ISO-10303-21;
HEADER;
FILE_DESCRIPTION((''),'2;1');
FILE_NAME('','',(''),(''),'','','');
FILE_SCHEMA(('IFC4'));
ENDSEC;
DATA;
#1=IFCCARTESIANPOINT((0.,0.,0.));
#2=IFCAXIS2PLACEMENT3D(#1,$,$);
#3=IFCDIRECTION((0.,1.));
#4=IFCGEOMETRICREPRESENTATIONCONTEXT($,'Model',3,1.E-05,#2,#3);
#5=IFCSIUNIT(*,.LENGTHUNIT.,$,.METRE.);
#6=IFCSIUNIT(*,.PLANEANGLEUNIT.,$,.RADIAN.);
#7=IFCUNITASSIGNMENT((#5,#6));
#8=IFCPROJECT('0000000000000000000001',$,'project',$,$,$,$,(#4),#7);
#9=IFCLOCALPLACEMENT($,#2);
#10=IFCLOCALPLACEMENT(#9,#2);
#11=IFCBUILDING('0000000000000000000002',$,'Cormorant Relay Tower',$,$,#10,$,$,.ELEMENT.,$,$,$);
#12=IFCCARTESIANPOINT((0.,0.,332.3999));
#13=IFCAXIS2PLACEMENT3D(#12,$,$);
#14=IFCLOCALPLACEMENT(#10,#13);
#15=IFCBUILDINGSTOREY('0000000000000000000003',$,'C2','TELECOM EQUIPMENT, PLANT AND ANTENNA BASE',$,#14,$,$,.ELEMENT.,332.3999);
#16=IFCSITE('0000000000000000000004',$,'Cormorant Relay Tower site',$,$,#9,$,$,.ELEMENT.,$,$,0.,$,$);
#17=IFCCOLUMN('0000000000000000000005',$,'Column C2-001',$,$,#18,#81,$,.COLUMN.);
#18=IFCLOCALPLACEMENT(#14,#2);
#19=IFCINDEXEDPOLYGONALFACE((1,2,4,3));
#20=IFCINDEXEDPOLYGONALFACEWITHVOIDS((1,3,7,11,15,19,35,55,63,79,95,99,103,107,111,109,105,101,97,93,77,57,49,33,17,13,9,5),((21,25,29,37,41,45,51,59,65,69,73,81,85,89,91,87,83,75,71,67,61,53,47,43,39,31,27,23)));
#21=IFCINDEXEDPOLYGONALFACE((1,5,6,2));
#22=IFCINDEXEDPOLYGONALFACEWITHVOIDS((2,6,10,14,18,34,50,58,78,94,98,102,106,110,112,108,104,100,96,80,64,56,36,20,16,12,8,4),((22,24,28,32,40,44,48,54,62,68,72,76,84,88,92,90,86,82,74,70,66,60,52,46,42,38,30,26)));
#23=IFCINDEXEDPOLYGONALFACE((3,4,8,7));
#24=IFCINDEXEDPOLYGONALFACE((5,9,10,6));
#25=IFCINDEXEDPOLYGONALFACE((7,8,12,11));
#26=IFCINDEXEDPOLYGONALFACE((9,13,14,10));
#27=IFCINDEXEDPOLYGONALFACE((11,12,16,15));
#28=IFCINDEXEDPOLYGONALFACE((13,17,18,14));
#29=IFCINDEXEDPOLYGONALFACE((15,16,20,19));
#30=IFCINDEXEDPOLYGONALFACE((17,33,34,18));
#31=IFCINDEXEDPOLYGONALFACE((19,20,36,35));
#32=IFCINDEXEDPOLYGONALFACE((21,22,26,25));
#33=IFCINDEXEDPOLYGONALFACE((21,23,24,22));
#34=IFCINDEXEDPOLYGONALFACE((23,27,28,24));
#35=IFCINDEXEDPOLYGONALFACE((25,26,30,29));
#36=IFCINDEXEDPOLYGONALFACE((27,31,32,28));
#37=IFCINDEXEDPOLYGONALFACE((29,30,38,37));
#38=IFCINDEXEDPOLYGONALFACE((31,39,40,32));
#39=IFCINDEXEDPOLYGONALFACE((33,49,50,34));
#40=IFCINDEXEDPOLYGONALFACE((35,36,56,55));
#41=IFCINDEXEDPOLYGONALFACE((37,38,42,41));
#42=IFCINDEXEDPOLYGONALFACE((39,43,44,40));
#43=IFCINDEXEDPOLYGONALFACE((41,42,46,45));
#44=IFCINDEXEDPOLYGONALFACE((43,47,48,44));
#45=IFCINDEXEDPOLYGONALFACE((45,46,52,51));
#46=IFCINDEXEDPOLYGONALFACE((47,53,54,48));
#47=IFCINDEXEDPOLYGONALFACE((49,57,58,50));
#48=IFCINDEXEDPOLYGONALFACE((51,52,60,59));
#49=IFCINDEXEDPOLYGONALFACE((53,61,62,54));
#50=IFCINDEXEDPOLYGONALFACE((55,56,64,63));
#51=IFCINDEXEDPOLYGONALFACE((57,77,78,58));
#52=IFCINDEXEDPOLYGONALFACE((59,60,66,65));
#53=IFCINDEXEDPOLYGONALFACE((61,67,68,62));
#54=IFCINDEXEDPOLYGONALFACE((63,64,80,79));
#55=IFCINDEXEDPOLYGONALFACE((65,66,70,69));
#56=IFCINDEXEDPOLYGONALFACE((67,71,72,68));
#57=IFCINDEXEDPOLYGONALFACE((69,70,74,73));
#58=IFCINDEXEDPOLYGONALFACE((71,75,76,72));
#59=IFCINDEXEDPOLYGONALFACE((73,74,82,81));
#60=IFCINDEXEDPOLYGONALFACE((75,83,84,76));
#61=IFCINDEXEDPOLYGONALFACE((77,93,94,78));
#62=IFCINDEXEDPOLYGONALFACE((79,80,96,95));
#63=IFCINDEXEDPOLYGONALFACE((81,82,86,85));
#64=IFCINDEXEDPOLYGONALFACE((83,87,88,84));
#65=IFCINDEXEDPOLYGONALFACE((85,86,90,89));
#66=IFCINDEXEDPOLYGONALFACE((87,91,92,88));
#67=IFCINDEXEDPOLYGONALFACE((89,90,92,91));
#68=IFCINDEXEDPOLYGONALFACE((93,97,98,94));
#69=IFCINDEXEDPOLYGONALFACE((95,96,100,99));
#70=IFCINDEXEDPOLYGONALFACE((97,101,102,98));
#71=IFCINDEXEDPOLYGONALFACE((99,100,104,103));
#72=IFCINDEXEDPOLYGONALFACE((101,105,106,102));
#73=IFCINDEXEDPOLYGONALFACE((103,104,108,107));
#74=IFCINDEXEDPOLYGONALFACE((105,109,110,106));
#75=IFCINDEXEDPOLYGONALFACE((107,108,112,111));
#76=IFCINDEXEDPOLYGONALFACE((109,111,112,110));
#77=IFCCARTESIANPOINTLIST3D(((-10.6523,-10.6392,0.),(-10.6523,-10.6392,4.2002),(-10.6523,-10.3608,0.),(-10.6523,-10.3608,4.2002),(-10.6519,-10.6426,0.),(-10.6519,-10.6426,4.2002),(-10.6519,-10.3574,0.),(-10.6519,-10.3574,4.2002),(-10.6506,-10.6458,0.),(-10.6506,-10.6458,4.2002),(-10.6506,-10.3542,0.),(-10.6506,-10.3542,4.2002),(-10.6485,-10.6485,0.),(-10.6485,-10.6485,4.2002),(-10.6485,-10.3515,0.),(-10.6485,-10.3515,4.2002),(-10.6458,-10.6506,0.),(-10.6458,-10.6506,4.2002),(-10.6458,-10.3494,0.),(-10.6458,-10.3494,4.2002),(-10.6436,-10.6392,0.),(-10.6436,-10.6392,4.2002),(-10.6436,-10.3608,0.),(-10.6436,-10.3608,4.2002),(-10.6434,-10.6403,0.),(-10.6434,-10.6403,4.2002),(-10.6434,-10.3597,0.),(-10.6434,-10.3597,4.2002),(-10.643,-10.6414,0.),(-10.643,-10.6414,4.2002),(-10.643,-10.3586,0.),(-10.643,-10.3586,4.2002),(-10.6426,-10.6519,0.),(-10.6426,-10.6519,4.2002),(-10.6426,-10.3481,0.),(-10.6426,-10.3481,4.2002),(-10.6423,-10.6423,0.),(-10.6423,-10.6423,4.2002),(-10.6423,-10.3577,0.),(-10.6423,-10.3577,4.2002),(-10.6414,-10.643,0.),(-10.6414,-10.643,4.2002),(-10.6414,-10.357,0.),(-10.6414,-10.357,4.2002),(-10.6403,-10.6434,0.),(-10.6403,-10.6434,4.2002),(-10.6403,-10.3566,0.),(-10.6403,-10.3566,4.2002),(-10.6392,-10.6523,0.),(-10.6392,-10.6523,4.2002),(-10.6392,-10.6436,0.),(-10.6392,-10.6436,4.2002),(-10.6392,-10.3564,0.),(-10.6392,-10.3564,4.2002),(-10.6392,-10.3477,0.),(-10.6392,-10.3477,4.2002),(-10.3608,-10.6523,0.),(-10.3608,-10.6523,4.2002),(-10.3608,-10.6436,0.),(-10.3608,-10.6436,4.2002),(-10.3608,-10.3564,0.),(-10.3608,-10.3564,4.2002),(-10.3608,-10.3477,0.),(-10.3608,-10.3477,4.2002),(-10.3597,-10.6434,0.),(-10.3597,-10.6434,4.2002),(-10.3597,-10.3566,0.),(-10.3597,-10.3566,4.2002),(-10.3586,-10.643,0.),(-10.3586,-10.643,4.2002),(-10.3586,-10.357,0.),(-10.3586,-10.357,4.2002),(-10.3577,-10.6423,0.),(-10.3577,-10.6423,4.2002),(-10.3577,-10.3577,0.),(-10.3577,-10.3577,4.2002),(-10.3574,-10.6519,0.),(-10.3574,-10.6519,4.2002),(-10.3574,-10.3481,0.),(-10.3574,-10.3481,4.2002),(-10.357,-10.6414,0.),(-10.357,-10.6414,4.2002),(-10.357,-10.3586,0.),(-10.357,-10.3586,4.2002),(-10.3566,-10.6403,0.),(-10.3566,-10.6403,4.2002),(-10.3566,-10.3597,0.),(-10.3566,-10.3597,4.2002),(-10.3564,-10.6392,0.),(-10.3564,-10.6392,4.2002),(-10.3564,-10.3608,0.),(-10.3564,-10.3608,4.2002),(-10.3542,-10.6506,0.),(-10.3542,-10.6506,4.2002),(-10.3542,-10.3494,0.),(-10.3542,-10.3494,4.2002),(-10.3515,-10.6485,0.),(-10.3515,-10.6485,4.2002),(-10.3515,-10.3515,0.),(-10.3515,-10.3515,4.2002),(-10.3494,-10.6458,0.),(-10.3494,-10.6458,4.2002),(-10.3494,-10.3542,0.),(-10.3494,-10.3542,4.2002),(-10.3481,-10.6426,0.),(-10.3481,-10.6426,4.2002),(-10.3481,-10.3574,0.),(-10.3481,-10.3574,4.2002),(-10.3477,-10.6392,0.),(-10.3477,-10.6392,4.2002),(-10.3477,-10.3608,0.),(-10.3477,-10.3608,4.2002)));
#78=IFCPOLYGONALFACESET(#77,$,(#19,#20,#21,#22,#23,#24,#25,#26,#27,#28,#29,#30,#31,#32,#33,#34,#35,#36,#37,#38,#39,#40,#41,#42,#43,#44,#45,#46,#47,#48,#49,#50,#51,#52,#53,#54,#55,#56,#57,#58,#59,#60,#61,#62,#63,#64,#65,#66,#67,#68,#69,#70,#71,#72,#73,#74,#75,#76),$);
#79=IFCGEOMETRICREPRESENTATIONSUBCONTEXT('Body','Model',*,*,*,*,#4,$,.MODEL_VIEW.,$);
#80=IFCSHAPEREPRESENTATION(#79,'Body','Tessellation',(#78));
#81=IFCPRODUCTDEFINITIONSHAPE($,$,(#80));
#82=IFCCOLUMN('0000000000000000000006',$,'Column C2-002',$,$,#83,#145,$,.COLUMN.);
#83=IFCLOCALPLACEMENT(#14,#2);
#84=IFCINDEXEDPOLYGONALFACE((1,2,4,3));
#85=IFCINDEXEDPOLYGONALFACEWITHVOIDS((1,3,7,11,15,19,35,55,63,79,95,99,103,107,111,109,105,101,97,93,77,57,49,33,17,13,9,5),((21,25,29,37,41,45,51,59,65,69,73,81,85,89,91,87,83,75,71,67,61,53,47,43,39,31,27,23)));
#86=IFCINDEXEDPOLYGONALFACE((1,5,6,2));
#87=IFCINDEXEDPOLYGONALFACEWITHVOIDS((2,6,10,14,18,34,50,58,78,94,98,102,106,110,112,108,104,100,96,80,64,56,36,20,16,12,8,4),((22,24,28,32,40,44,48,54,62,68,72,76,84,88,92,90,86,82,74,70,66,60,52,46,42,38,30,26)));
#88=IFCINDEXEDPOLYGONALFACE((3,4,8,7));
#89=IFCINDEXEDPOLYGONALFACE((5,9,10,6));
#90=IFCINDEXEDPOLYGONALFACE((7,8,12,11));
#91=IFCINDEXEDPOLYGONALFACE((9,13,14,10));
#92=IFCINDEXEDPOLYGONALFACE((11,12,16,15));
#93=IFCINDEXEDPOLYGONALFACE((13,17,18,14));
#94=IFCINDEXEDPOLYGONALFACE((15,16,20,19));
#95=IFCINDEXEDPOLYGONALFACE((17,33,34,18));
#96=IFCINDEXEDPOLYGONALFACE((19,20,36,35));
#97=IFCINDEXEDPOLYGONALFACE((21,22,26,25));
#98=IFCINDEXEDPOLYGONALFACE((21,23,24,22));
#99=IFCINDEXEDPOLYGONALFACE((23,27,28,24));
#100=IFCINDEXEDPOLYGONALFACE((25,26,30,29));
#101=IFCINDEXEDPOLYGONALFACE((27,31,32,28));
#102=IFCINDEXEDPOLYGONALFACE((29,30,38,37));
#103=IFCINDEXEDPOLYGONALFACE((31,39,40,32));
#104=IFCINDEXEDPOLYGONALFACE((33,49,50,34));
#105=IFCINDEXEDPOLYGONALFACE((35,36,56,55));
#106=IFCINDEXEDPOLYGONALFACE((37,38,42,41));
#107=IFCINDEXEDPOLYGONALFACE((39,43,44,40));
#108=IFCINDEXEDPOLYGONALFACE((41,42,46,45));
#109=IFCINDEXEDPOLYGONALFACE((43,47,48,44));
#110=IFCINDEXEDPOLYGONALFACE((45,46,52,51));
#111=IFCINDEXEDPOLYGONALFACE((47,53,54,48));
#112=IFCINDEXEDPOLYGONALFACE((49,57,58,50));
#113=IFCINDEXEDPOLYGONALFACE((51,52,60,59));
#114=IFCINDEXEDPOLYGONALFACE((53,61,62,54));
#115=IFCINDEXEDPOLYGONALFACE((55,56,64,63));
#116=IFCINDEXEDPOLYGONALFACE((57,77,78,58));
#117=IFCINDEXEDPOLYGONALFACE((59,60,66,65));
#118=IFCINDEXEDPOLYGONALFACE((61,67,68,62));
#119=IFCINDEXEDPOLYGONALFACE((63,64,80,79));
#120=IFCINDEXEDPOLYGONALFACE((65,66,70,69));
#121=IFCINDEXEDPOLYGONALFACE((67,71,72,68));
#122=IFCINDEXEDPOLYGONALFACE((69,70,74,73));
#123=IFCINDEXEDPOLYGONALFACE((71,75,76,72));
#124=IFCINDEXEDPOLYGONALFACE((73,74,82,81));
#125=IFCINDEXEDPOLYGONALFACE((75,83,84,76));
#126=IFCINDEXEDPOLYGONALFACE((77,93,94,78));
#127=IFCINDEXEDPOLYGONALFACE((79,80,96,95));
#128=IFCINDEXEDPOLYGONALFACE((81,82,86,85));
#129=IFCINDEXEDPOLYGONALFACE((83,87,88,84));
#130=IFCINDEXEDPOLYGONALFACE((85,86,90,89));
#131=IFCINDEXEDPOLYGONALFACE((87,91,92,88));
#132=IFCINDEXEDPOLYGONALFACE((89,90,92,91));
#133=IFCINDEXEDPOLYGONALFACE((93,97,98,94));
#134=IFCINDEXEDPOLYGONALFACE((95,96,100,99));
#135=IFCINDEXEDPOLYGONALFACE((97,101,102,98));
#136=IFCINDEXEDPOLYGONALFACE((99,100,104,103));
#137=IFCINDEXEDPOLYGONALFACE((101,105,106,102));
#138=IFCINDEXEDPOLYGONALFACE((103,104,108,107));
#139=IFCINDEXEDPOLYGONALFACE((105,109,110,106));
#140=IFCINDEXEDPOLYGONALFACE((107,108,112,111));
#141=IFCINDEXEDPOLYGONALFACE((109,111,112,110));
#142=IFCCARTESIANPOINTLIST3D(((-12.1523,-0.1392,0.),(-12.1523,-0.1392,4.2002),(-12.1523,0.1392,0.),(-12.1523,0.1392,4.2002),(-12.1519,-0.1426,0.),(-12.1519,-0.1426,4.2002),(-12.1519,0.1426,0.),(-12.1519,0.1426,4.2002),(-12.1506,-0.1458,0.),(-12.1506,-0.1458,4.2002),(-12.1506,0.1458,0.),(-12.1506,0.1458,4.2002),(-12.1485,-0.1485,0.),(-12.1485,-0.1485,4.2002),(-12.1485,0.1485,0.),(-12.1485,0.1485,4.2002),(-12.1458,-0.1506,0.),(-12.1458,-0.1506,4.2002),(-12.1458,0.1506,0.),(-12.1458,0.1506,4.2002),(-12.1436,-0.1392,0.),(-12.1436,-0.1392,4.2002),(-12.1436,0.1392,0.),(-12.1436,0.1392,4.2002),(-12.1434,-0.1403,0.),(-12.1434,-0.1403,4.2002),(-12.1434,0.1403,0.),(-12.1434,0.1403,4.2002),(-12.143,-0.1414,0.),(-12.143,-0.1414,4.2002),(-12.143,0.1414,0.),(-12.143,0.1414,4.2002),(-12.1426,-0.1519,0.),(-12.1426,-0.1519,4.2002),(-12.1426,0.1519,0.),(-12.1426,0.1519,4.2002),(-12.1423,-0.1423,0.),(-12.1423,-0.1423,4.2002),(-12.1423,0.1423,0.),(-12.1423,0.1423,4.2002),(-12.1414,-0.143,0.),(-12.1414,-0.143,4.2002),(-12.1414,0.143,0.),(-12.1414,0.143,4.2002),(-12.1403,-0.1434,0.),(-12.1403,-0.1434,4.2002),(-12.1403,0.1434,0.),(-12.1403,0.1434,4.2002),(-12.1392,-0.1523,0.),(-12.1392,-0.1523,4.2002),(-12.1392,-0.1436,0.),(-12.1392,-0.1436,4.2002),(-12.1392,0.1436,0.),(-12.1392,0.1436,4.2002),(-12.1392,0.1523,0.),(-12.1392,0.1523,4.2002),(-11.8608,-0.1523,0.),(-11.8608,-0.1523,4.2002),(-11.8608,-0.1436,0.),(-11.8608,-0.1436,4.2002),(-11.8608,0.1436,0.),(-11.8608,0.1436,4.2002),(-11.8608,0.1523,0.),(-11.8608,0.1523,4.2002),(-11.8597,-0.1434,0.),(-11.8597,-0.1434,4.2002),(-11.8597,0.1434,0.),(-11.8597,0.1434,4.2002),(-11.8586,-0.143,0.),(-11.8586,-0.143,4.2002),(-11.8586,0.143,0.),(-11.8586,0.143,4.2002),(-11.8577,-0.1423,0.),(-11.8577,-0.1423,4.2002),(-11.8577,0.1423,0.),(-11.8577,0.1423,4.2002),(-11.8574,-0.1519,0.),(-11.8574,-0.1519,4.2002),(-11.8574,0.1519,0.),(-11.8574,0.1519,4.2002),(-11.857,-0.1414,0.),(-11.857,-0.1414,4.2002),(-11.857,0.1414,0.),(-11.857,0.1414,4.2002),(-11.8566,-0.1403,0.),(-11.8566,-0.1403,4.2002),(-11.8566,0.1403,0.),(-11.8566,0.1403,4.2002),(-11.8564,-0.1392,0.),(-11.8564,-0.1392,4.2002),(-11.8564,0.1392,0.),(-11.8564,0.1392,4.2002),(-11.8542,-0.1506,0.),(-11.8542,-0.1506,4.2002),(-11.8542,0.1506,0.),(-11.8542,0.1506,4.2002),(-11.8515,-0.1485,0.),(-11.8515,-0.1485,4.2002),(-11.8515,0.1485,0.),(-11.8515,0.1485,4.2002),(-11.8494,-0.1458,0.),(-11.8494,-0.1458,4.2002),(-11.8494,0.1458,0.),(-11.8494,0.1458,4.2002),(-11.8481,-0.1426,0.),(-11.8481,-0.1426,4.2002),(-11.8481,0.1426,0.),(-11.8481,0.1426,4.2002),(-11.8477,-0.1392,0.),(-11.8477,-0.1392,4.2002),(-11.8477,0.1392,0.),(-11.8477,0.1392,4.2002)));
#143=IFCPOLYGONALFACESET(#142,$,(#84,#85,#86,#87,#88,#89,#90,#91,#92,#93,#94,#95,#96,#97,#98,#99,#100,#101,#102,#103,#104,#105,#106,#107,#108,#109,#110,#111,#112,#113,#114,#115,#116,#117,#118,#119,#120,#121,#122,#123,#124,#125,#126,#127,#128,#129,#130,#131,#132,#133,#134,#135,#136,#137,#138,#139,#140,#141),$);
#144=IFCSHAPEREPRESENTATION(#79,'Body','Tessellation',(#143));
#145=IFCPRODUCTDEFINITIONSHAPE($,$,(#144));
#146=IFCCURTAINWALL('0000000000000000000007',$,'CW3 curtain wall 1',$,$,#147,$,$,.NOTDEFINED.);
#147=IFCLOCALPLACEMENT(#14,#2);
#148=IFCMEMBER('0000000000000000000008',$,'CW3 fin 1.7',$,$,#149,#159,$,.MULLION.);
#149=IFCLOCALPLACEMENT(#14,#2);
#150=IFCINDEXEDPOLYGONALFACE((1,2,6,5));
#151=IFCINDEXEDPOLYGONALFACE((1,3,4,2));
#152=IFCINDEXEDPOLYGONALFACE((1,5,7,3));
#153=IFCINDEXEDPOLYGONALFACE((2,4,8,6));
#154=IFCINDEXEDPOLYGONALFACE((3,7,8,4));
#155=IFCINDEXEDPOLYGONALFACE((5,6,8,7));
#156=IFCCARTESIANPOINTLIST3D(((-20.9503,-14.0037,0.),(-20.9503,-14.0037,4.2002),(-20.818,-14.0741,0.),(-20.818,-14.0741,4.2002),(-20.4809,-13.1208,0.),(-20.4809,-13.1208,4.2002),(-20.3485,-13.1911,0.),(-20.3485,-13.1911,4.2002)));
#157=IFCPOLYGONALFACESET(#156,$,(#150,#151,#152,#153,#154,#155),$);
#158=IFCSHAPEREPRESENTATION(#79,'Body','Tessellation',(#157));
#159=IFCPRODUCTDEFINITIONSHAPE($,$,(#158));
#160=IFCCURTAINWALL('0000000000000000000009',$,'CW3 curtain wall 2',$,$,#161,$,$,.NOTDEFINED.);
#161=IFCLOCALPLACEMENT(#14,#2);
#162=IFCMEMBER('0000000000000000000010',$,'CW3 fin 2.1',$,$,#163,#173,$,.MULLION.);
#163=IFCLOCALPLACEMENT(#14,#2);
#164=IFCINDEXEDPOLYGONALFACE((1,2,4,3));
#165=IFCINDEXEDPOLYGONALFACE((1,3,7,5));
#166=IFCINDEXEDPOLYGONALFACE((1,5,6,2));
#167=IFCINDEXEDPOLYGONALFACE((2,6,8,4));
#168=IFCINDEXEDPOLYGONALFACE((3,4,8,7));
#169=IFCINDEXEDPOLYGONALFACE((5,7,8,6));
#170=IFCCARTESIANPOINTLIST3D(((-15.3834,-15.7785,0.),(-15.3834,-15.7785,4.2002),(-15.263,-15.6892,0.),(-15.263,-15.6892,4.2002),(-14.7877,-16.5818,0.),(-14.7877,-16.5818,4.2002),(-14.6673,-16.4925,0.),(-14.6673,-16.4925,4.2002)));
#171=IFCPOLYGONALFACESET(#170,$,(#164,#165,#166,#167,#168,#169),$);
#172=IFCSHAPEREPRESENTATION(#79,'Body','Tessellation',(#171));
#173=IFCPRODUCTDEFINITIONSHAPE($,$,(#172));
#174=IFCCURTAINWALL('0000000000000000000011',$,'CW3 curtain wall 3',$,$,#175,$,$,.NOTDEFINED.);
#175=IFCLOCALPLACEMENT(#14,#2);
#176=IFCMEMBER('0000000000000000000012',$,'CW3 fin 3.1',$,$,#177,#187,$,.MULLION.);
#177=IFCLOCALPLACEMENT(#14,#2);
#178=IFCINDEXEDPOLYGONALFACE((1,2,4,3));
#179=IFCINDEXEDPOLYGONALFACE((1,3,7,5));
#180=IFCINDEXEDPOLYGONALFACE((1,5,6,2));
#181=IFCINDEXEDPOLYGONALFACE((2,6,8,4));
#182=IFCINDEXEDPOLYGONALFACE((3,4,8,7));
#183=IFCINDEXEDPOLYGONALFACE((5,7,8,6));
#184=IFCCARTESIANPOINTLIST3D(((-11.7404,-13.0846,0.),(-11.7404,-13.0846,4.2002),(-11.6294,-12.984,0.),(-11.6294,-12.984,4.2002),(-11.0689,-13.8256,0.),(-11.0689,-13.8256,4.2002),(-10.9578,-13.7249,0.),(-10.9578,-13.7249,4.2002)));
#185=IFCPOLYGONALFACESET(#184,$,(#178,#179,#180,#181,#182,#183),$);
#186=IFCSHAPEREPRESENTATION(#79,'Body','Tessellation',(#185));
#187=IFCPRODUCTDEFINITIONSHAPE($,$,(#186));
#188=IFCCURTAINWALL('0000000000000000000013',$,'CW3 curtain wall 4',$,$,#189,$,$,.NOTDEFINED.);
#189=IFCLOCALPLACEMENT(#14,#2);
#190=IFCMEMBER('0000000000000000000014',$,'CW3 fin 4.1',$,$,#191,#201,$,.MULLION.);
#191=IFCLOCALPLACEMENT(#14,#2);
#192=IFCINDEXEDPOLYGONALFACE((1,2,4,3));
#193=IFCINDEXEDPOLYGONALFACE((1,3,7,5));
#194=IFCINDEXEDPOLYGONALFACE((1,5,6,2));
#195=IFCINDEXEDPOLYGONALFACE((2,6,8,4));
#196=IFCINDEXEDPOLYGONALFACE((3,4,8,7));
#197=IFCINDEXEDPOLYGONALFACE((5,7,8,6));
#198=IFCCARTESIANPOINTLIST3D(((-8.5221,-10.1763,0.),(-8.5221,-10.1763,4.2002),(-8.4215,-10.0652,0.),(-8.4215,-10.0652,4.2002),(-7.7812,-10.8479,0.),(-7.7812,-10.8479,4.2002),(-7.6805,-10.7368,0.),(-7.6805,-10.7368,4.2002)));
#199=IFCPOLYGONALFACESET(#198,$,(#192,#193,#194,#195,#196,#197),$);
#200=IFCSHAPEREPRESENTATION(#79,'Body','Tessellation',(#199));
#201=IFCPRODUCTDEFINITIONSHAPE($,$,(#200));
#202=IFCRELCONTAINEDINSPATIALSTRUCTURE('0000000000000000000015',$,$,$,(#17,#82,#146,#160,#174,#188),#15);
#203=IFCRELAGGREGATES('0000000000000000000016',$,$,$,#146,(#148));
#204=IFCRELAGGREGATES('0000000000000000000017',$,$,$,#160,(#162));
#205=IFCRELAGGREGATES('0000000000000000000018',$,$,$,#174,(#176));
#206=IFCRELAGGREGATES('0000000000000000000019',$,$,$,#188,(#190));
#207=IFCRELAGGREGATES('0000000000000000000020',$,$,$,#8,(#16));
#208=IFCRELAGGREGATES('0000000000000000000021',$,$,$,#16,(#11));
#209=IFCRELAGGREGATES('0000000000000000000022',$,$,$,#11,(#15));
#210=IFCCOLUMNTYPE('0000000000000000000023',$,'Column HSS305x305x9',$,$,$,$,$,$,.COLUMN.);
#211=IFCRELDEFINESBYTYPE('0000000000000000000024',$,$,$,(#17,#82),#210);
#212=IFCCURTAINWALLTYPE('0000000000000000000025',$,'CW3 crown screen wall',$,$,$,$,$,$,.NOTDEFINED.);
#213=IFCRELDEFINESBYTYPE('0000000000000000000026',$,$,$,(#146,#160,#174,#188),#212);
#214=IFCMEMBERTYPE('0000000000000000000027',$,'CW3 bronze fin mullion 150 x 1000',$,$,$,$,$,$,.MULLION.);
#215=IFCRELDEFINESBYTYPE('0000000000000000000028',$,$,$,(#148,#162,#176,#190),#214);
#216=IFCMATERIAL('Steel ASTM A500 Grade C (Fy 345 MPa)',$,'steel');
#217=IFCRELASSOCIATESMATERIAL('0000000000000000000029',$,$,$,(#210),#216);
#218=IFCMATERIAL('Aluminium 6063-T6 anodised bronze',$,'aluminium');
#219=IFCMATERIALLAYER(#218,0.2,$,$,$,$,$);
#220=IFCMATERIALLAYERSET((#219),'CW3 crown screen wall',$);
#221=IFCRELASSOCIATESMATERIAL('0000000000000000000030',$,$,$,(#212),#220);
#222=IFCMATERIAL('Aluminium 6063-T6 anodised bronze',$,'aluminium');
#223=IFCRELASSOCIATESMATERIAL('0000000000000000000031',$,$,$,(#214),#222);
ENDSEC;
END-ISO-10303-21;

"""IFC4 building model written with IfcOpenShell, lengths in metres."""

from ifc_helpers import new_model, si_unit, direction, frame, origin, origin_2d, place, context, subcontext, project, spatial, rectangle, hollow_rectangle, extrude, material, layer, layer_set, material_profile, profile_set, type_object, element, aggregate, save


model = new_model("IFC4")

# Units and contexts
model_context = context("Model", 3, precision=1e-05, world=origin(), true_north=direction((0.0, 1.0)))
body_context = subcontext(model_context, "Body", "Model", "MODEL_VIEW")
ifc_project = project(units=[si_unit("LENGTHUNIT", "METRE"), si_unit("PLANEANGLEUNIT", "RADIAN")], contexts=[model_context])

# Site, building, storey
site_placement = place(None, origin())
site = spatial("IfcSite", under=ifc_project, at=site_placement, Name="Cormorant Relay Tower site", CompositionType="ELEMENT", RefElevation=0.0)
building_placement = place(site_placement, origin())
building = spatial("IfcBuilding", under=site, at=building_placement, Name="Cormorant Relay Tower", CompositionType="ELEMENT")
storey_placement = place(building_placement, frame((0.0, 0.0, 332.3999)))
storey = spatial("IfcBuildingStorey", under=building, at=storey_placement, Name="C2", Description="TELECOM EQUIPMENT, PLANT AND ANTENNA BASE", CompositionType="ELEMENT", Elevation=332.3999)

# Columns
ifc_material_1 = material(Name="Steel ASTM A500 Grade C (Fy 345 MPa)", Category="steel")
ifc_material_profile_1 = material_profile(ifc_material_1, hollow_rectangle(XDim=0.3047, YDim=0.3047, WallThickness=0.0088, InnerFilletRadius=0.0044, OuterFilletRadius=0.0132, at=origin_2d()), Name="HSS305x305x9")
ifc_profile_set_1 = profile_set([ifc_material_profile_1], Name="Steel ASTM A500 Grade C (Fy 345 MPa)")
column_type = type_object("IfcColumnType", Name="Column HSS305x305x9", PredefinedType="COLUMN", material=ifc_profile_set_1)
for number, where, z_axis, x_axis, name in (
    (1, (-10.5, -10.5, 0.0), (0.0, 0.0, 1.0), (1.0, 0.0, 0.0), "Column C2-001"),
    (2, (-12.0, 0.0, 0.0), (0.0, 0.0, 1.0), (1.0, 0.0, 0.0), "Column C2-002"),
):
    element("IfcColumn", number, at=place(storey_placement, frame(where, z_axis=z_axis, x_axis=x_axis)), inside=storey, type_object=column_type, Name=name, PredefinedType="COLUMN", context=body_context, shape_type="SweptSolid", body=[
        extrude(hollow_rectangle(XDim=0.3047, YDim=0.3047, WallThickness=0.0088, InnerFilletRadius=0.0044, OuterFilletRadius=0.0132, at=origin_2d()), origin(), (0.0, 0.0, 1.0), 4.2002),
    ])

# Curtain walls, members
ifc_material_2 = material(Name="Aluminium 6063-T6 anodised bronze", Category="aluminium")
ifc_layer_1 = layer(ifc_material_2, 0.2)
ifc_layer_set_1 = layer_set([ifc_layer_1], Name="CW3 crown screen wall")
curtain_wall_type = type_object("IfcCurtainWallType", Name="CW3 crown screen wall", PredefinedType="NOTDEFINED", material=ifc_layer_set_1)
curtain_wall_1_placement = place(storey_placement, origin())
curtain_wall_1 = element("IfcCurtainWall", 3, at=curtain_wall_1_placement, inside=storey, type_object=curtain_wall_type, Name="CW3 curtain wall 1", PredefinedType="NOTDEFINED")
ifc_material_3 = material(Name="Aluminium 6063-T6 anodised bronze", Category="aluminium")
ifc_material_profile_2 = material_profile(ifc_material_3, rectangle(XDim=0.1499, YDim=1.0, at=origin_2d()), Name="AL 150x1000")
ifc_profile_set_2 = profile_set([ifc_material_profile_2], Name="Aluminium 6063-T6 anodised bronze")
member_type_1 = type_object("IfcMemberType", Name="CW3 bronze fin mullion 150 x 1000", PredefinedType="MULLION", material=ifc_profile_set_2)
member_1_placement = place(storey_placement, frame((-20.6494, -13.5974, 0.0), z_axis=(0.0, 0.0, 1.0), x_axis=(0.882948, -0.469472, 0.0)))
member_1 = element("IfcMember", 4, at=member_1_placement, type_object=member_type_1, Name="CW3 fin 1.7", PredefinedType="MULLION", context=body_context, shape_type="SweptSolid", body=[
    extrude(rectangle(XDim=0.1499, YDim=1.0, at=origin_2d()), origin(), (0.0, 0.0, 1.0), 4.2002),
])
curtain_wall_2_placement = place(storey_placement, origin())
curtain_wall_2 = element("IfcCurtainWall", 5, at=curtain_wall_2_placement, inside=storey, type_object=curtain_wall_type, Name="CW3 curtain wall 2", PredefinedType="NOTDEFINED")
member_2_placement = place(storey_placement, frame((-15.0254, -16.1355, 0.0), z_axis=(0.0, 0.0, 1.0), x_axis=(0.803208, 0.595699, 0.0)))
member_2 = element("IfcMember", 6, at=member_2_placement, type_object=member_type_1, Name="CW3 fin 2.1", PredefinedType="MULLION", context=body_context, shape_type="SweptSolid", body=[
    extrude(rectangle(XDim=0.1499, YDim=1.0, at=origin_2d()), origin(), (0.0, 0.0, 1.0), 4.2002),
])
curtain_wall_3_placement = place(storey_placement, origin())
curtain_wall_3 = element("IfcCurtainWall", 7, at=curtain_wall_3_placement, inside=storey, type_object=curtain_wall_type, Name="CW3 curtain wall 3", PredefinedType="NOTDEFINED")
member_3_placement = place(storey_placement, frame((-11.3491, -13.4048, 0.0), z_axis=(0.0, 0.0, 1.0), x_axis=(0.740951, 0.671559, 0.0)))
member_3 = element("IfcMember", 8, at=member_3_placement, type_object=member_type_1, Name="CW3 fin 3.1", PredefinedType="MULLION", context=body_context, shape_type="SweptSolid", body=[
    extrude(rectangle(XDim=0.1499, YDim=1.0, at=origin_2d()), origin(), (0.0, 0.0, 1.0), 4.2002),
])
curtain_wall_4_placement = place(storey_placement, origin())
curtain_wall_4 = element("IfcCurtainWall", 9, at=curtain_wall_4_placement, inside=storey, type_object=curtain_wall_type, Name="CW3 curtain wall 4", PredefinedType="NOTDEFINED")
member_4_placement = place(storey_placement, frame((-8.1013, -10.4565, 0.0), z_axis=(0.0, 0.0, 1.0), x_axis=(0.671559, 0.740951, 0.0)))
member_4 = element("IfcMember", 10, at=member_4_placement, type_object=member_type_1, Name="CW3 fin 4.1", PredefinedType="MULLION", context=body_context, shape_type="SweptSolid", body=[
    extrude(rectangle(XDim=0.1499, YDim=1.0, at=origin_2d()), origin(), (0.0, 0.0, 1.0), 4.2002),
])

aggregate(curtain_wall_1, [member_1])
aggregate(curtain_wall_2, [member_2])
aggregate(curtain_wall_3, [member_3])
aggregate(curtain_wall_4, [member_4])

save(model, "model.ifc")
